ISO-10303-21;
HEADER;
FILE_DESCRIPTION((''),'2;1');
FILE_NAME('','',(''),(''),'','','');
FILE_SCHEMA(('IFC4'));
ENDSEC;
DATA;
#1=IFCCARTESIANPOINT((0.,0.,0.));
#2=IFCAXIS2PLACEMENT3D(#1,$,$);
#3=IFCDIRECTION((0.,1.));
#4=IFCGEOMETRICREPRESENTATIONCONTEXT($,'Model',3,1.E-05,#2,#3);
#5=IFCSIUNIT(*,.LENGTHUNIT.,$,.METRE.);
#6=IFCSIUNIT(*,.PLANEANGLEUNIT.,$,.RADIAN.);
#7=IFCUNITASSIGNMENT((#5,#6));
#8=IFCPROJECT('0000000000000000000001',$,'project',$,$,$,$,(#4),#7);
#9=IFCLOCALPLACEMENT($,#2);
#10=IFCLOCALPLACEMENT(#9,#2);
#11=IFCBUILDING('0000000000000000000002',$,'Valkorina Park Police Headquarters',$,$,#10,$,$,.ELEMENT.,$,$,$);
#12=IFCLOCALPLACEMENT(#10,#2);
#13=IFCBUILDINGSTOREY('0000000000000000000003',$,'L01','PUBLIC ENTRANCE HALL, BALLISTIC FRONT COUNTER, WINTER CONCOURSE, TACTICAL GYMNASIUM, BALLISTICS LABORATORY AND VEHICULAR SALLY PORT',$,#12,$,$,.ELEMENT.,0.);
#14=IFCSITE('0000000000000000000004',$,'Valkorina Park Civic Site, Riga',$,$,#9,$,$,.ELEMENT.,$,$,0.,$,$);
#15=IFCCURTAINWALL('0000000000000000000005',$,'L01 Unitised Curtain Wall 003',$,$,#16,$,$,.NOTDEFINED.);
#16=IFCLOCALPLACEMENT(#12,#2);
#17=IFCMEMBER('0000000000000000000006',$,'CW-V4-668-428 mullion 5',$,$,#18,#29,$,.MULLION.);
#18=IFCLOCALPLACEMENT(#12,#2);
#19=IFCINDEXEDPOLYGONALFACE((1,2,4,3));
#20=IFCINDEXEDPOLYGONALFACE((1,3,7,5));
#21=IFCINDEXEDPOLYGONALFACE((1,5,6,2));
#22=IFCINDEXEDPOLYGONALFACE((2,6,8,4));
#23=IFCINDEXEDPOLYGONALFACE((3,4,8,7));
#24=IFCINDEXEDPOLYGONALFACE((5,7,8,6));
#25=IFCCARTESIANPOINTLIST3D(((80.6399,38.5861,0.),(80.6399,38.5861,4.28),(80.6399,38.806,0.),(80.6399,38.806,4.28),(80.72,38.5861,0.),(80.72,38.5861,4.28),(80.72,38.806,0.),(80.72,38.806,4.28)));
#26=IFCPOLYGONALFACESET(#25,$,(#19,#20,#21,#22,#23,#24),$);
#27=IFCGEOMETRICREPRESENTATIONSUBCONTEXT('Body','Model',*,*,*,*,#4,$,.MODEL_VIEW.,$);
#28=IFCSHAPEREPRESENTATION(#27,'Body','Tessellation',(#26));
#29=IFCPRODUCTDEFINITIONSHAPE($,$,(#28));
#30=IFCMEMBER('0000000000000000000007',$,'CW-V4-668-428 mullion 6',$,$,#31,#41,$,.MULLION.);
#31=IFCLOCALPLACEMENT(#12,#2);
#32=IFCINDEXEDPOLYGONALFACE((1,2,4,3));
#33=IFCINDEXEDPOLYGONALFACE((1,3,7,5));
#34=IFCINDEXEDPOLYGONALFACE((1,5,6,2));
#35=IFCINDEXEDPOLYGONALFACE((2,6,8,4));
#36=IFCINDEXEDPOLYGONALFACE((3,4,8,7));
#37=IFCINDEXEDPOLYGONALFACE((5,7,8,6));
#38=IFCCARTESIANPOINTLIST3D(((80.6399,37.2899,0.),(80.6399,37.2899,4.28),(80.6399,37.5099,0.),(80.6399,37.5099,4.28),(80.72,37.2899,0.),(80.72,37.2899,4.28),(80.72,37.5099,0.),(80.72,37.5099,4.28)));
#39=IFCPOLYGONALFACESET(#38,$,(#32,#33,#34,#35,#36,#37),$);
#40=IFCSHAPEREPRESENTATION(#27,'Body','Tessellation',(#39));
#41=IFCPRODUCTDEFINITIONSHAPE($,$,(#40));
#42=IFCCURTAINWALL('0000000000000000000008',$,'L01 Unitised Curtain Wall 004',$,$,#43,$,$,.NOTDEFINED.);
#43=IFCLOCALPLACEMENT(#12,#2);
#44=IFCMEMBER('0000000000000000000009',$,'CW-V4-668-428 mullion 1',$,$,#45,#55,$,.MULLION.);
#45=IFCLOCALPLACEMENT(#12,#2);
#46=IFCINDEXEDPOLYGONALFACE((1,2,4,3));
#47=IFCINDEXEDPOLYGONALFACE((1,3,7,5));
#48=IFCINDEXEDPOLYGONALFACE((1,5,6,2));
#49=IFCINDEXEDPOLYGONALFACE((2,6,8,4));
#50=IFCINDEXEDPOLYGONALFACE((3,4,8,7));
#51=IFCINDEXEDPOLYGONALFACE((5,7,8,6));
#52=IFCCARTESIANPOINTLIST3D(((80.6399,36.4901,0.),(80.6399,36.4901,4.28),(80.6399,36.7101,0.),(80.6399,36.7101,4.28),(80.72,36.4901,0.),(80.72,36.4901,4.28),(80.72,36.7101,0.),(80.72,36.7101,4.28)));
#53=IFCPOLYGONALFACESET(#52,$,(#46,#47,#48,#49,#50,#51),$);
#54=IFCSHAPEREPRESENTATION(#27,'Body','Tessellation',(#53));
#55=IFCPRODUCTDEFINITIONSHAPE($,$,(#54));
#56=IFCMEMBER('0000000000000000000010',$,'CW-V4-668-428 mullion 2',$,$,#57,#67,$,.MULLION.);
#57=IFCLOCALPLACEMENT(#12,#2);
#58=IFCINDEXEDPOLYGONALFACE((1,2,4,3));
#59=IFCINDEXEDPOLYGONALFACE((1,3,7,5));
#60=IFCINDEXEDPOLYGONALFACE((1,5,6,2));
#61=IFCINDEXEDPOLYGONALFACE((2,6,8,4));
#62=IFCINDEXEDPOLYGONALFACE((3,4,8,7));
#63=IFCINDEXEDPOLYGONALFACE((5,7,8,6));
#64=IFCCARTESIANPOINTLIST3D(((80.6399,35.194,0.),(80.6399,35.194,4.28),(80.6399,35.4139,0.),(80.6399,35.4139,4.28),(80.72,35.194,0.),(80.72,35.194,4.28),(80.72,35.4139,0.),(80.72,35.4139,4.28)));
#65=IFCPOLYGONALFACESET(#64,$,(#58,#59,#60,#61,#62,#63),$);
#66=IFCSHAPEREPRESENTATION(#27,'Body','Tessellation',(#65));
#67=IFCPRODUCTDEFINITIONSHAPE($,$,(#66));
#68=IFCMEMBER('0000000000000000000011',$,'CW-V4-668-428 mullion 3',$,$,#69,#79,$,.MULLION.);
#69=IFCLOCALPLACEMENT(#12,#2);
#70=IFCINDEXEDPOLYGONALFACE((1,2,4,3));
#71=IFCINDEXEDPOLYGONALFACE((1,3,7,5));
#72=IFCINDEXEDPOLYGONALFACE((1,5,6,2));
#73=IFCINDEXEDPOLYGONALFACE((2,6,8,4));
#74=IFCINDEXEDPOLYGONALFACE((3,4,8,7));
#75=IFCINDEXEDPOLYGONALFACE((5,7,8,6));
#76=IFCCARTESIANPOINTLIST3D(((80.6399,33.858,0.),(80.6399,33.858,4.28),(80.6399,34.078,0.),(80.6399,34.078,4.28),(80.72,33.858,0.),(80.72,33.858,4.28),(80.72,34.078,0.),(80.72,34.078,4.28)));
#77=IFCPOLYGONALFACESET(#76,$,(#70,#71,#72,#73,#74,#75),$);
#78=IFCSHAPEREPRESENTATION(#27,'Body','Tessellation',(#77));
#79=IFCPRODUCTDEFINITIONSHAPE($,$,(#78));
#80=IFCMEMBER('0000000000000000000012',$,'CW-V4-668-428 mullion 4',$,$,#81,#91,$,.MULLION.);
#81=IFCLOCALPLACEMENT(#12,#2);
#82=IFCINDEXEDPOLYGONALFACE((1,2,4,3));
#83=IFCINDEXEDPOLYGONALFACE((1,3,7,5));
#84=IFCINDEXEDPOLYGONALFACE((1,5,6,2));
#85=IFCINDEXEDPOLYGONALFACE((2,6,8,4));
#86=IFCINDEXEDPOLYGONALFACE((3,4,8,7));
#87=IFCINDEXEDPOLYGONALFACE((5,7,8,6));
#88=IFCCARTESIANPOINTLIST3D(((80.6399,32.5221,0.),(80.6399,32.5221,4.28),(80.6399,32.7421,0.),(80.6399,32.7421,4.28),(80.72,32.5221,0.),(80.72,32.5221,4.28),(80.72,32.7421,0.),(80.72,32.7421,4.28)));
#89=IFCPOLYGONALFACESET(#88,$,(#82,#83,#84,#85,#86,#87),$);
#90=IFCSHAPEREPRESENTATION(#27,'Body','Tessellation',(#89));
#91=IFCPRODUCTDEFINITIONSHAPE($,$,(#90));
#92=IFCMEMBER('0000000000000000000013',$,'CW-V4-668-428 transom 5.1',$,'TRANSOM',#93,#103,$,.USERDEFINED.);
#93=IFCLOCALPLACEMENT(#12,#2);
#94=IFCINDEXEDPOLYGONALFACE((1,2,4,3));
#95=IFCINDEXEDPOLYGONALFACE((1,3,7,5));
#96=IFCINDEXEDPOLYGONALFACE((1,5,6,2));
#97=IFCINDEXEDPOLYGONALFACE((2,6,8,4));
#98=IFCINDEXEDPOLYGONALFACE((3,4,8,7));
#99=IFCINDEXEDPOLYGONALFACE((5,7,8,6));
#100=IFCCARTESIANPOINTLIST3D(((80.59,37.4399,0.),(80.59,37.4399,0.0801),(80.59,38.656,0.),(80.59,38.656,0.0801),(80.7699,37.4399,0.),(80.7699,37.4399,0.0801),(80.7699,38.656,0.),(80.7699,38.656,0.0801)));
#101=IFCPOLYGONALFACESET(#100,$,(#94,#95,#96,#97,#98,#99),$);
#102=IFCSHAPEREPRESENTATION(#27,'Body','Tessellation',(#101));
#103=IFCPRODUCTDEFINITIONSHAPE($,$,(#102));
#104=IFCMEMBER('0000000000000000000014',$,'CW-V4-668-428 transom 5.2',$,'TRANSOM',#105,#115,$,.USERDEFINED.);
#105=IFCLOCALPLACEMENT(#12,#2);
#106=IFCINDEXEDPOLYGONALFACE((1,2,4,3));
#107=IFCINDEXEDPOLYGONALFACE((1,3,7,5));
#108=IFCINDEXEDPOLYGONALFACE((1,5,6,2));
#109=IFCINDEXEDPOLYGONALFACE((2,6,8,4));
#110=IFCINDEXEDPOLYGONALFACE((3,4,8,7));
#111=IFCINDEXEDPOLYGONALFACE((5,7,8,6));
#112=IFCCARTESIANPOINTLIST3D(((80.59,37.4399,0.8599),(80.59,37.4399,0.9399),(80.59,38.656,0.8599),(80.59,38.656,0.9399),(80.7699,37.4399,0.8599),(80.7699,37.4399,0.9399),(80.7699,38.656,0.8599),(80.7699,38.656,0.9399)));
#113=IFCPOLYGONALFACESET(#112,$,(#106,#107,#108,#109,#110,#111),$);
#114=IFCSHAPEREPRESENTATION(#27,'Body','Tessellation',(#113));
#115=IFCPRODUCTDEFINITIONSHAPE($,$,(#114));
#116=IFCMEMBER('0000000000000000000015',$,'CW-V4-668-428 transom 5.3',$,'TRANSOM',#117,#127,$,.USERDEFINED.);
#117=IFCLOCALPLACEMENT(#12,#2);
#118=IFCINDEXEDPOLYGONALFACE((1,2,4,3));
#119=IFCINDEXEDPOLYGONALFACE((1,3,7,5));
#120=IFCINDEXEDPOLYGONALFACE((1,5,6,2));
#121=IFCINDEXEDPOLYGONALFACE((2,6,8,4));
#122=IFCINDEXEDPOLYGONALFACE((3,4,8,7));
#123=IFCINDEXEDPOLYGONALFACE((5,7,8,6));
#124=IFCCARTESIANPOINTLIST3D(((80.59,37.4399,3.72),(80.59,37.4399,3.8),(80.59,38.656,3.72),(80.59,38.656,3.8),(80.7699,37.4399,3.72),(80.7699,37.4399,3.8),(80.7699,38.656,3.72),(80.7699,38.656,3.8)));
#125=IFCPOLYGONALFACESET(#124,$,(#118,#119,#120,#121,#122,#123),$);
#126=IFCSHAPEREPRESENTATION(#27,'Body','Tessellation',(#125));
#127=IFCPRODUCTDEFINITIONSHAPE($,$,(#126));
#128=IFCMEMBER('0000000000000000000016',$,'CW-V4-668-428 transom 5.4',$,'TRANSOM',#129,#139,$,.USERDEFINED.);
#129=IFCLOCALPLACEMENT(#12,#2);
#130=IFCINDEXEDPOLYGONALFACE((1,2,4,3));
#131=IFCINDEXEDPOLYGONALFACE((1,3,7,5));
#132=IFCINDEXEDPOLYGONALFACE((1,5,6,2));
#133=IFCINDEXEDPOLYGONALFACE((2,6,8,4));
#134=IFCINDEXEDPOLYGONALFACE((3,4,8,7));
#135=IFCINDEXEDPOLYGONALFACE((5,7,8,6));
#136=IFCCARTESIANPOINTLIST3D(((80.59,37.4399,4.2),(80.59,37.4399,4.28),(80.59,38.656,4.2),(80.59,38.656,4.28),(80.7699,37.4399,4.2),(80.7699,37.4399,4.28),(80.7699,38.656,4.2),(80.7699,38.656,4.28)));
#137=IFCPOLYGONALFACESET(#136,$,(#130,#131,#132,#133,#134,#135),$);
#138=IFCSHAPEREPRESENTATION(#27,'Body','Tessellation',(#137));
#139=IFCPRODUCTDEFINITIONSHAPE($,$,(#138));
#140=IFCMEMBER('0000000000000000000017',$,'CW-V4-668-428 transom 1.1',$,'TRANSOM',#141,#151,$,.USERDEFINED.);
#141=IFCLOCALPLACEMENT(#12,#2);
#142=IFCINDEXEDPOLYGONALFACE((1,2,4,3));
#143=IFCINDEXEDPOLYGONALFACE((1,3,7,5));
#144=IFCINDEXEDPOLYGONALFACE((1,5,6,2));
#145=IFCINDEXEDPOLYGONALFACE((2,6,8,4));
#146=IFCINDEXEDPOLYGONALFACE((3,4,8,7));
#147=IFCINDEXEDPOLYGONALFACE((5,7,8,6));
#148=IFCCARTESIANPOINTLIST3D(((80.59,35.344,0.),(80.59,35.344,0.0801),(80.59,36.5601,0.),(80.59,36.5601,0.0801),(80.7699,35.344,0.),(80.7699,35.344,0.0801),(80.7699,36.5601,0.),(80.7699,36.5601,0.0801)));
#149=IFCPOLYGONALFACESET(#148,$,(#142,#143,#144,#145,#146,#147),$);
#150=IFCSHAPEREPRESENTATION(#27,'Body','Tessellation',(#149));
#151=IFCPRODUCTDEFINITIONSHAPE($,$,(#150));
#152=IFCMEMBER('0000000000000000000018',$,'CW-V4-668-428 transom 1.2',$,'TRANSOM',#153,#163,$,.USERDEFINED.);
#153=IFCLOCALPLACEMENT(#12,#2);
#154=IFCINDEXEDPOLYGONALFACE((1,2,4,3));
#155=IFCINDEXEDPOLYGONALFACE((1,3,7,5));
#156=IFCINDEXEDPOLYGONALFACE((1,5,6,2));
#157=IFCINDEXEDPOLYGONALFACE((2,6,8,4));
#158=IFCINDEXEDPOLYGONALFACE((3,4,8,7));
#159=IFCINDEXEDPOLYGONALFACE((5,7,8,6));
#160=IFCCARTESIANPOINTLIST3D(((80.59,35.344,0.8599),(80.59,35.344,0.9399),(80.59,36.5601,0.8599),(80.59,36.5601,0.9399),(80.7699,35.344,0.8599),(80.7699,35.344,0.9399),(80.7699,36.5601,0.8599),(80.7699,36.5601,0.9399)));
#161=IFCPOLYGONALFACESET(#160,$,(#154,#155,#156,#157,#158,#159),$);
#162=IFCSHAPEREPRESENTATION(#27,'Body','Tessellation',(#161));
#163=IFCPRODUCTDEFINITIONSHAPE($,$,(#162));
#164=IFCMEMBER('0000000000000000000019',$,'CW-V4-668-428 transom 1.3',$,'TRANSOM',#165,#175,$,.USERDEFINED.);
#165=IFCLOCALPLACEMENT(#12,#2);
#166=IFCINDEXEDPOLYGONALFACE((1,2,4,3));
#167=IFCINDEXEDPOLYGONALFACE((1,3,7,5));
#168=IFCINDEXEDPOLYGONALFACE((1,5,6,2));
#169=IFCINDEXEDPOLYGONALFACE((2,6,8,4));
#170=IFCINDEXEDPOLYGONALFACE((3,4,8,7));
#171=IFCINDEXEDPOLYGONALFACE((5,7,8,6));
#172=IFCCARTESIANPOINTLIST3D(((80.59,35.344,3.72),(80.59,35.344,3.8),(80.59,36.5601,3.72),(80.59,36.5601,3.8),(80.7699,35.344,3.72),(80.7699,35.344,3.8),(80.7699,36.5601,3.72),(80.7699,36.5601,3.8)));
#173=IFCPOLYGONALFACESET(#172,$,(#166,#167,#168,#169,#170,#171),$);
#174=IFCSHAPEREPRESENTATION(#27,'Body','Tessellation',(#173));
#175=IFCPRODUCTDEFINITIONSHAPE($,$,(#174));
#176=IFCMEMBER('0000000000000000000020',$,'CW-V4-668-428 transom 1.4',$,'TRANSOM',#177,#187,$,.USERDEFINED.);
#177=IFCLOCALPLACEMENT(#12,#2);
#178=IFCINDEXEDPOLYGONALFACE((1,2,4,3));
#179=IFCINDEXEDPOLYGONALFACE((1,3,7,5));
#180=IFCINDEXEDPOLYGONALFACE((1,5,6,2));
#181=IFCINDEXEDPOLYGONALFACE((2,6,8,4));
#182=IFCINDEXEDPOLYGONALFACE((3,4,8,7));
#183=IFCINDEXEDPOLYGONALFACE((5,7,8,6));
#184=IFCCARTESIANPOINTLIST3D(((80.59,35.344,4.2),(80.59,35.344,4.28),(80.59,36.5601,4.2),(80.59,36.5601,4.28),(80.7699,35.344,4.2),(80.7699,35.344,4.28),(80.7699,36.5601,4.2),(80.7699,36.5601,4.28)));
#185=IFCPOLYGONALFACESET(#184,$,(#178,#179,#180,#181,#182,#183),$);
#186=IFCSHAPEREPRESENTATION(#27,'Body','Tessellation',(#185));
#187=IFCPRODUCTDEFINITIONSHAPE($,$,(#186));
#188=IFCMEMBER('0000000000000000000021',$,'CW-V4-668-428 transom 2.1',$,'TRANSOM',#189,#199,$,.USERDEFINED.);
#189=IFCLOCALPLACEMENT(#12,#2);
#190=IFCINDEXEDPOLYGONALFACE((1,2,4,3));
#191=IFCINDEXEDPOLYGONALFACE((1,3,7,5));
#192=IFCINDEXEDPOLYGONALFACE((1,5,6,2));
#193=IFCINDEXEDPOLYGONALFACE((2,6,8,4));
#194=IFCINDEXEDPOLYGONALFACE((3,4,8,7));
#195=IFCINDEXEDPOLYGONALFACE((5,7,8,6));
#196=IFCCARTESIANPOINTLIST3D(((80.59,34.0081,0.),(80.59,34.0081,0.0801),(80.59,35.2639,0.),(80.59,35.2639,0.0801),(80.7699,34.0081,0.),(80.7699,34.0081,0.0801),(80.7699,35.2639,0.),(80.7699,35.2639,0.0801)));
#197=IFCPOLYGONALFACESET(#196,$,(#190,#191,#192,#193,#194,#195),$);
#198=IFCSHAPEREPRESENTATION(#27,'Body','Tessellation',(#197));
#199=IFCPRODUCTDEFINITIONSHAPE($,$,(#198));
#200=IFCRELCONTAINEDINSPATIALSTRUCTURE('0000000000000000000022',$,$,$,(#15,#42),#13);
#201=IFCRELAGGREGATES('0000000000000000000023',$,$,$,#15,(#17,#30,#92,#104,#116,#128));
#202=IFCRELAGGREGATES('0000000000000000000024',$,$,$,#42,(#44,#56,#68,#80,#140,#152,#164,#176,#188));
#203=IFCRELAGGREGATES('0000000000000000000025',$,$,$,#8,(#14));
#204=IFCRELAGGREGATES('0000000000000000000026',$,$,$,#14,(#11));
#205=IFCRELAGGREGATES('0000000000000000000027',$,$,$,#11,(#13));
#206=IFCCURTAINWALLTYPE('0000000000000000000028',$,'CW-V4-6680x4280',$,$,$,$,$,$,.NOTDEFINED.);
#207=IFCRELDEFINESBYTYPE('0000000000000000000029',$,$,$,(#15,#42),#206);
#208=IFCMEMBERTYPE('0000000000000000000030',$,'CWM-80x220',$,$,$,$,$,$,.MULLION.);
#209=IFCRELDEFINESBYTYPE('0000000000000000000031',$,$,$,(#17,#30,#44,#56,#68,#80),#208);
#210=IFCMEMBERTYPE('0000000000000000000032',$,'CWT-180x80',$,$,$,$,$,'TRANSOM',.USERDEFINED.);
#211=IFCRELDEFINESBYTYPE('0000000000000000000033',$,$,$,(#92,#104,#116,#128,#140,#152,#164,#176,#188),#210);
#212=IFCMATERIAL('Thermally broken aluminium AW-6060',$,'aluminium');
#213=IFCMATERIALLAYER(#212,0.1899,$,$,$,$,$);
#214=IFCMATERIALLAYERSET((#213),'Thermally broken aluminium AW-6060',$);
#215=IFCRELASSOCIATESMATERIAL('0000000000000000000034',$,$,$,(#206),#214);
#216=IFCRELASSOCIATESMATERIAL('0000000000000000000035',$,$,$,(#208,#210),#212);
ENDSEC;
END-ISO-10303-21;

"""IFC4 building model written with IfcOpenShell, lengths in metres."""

from ifc_helpers import new_model, si_unit, direction, frame, origin, origin_2d, place, context, subcontext, project, spatial, rectangle, extrude, material, layer, layer_set, material_profile, profile_set, type_object, element, aggregate, save


model = new_model("IFC4")

# Units and contexts
model_context = context("Model", 3, precision=1e-05, world=origin(), true_north=direction((0.0, 1.0)))
body_context = subcontext(model_context, "Body", "Model", "MODEL_VIEW")
ifc_project = project(units=[si_unit("LENGTHUNIT", "METRE"), si_unit("PLANEANGLEUNIT", "RADIAN")], contexts=[model_context])

# Site, building, storey
site_placement = place(None, origin())
site = spatial("IfcSite", under=ifc_project, at=site_placement, Name="Valkorina Park Civic Site, Riga", CompositionType="ELEMENT", RefElevation=0.0)
building_placement = place(site_placement, origin())
building = spatial("IfcBuilding", under=site, at=building_placement, Name="Valkorina Park Police Headquarters", CompositionType="ELEMENT")
storey_placement = place(building_placement, origin())
storey = spatial("IfcBuildingStorey", under=building, at=storey_placement, Name="L01", Description="PUBLIC ENTRANCE HALL, BALLISTIC FRONT COUNTER, WINTER CONCOURSE, TACTICAL GYMNASIUM, BALLISTICS LABORATORY AND VEHICULAR SALLY PORT", CompositionType="ELEMENT", Elevation=0.0)

# Curtain walls, members
ifc_material_1 = material(Name="Thermally broken aluminium AW-6060", Category="aluminium")
ifc_layer_1 = layer(ifc_material_1, 0.1899)
ifc_layer_set_1 = layer_set([ifc_layer_1], Name="Thermally broken aluminium AW-6060")
curtain_wall_type = type_object("IfcCurtainWallType", Name="CW-V4-6680x4280", PredefinedType="NOTDEFINED", material=ifc_layer_set_1)
curtain_wall_1_placement = place(storey_placement, origin())
curtain_wall_1 = element("IfcCurtainWall", 1, at=curtain_wall_1_placement, inside=storey, type_object=curtain_wall_type, Name="L01 Unitised Curtain Wall 003", PredefinedType="NOTDEFINED")
ifc_material_profile_1 = material_profile(ifc_material_1, rectangle(XDim=0.0801, YDim=0.22, at=origin_2d()), Name="CWM-03 80x220")
ifc_profile_set_1 = profile_set([ifc_material_profile_1], Name="Thermally broken aluminium AW-6060")
member_type_1 = type_object("IfcMemberType", Name="CWM-80x220", PredefinedType="MULLION", material=ifc_profile_set_1)
member_1_placement = place(storey_placement, frame((80.6799, 38.696, 0.0), z_axis=(0.0, 0.0, 1.0), x_axis=(1.0, 0.0, 0.0)))
member_1 = element("IfcMember", 2, at=member_1_placement, type_object=member_type_1, Name="CW-V4-668-428 mullion 5", PredefinedType="MULLION", context=body_context, shape_type="SweptSolid", body=[
    extrude(rectangle(XDim=0.0801, YDim=0.22, at=origin_2d()), origin(), (0.0, 0.0, 1.0), 4.28),
])
member_2_placement = place(storey_placement, frame((80.6799, 37.3999, 0.0), z_axis=(0.0, 0.0, 1.0), x_axis=(1.0, 0.0, 0.0)))
member_2 = element("IfcMember", 3, at=member_2_placement, type_object=member_type_1, Name="CW-V4-668-428 mullion 6", PredefinedType="MULLION", context=body_context, shape_type="SweptSolid", body=[
    extrude(rectangle(XDim=0.0801, YDim=0.22, at=origin_2d()), origin(), (0.0, 0.0, 1.0), 4.28),
])
curtain_wall_2_placement = place(storey_placement, origin())
curtain_wall_2 = element("IfcCurtainWall", 4, at=curtain_wall_2_placement, inside=storey, type_object=curtain_wall_type, Name="L01 Unitised Curtain Wall 004", PredefinedType="NOTDEFINED")
member_3_placement = place(storey_placement, frame((80.6799, 36.6001, 0.0), z_axis=(0.0, 0.0, 1.0), x_axis=(1.0, 0.0, 0.0)))
member_3 = element("IfcMember", 5, at=member_3_placement, type_object=member_type_1, Name="CW-V4-668-428 mullion 1", PredefinedType="MULLION", context=body_context, shape_type="SweptSolid", body=[
    extrude(rectangle(XDim=0.0801, YDim=0.22, at=origin_2d()), origin(), (0.0, 0.0, 1.0), 4.28),
])
member_4_placement = place(storey_placement, frame((80.6799, 35.304, 0.0), z_axis=(0.0, 0.0, 1.0), x_axis=(1.0, 0.0, 0.0)))
member_4 = element("IfcMember", 6, at=member_4_placement, type_object=member_type_1, Name="CW-V4-668-428 mullion 2", PredefinedType="MULLION", context=body_context, shape_type="SweptSolid", body=[
    extrude(rectangle(XDim=0.0801, YDim=0.22, at=origin_2d()), origin(), (0.0, 0.0, 1.0), 4.28),
])
member_5_placement = place(storey_placement, frame((80.6799, 33.968, 0.0), z_axis=(0.0, 0.0, 1.0), x_axis=(1.0, 0.0, 0.0)))
member_5 = element("IfcMember", 7, at=member_5_placement, type_object=member_type_1, Name="CW-V4-668-428 mullion 3", PredefinedType="MULLION", context=body_context, shape_type="SweptSolid", body=[
    extrude(rectangle(XDim=0.0801, YDim=0.22, at=origin_2d()), origin(), (0.0, 0.0, 1.0), 4.28),
])
member_6_placement = place(storey_placement, frame((80.6799, 32.6321, 0.0), z_axis=(0.0, 0.0, 1.0), x_axis=(1.0, 0.0, 0.0)))
member_6 = element("IfcMember", 8, at=member_6_placement, type_object=member_type_1, Name="CW-V4-668-428 mullion 4", PredefinedType="MULLION", context=body_context, shape_type="SweptSolid", body=[
    extrude(rectangle(XDim=0.0801, YDim=0.22, at=origin_2d()), origin(), (0.0, 0.0, 1.0), 4.28),
])

# Members
ifc_material_profile_2 = material_profile(ifc_material_1, rectangle(XDim=0.1799, YDim=0.0801, at=origin_2d()), Name="CWT-03 180x80")
ifc_profile_set_2 = profile_set([ifc_material_profile_2], Name="Thermally broken aluminium AW-6060")
member_type_2 = type_object("IfcMemberType", Name="CWT-180x80", ElementType="TRANSOM", PredefinedType="USERDEFINED", material=ifc_profile_set_2)
member_7_placement = place(storey_placement, frame((80.6799, 38.656, 0.04), z_axis=(0.0, -1.0, 0.0), x_axis=(1.0, 0.0, 0.0)))
member_7 = element("IfcMember", 9, at=member_7_placement, type_object=member_type_2, Name="CW-V4-668-428 transom 5.1", ObjectType="TRANSOM", PredefinedType="USERDEFINED", context=body_context, shape_type="SweptSolid", body=[
    extrude(rectangle(XDim=0.1799, YDim=0.0801, at=origin_2d()), origin(), (0.0, 0.0, 1.0), 1.2161),
])
member_8_placement = place(storey_placement, frame((80.6799, 38.656, 0.8999), z_axis=(0.0, -1.0, 0.0), x_axis=(1.0, 0.0, 0.0)))
member_8 = element("IfcMember", 10, at=member_8_placement, type_object=member_type_2, Name="CW-V4-668-428 transom 5.2", ObjectType="TRANSOM", PredefinedType="USERDEFINED", context=body_context, shape_type="SweptSolid", body=[
    extrude(rectangle(XDim=0.1799, YDim=0.0801, at=origin_2d()), origin(), (0.0, 0.0, 1.0), 1.2161),
])
member_9_placement = place(storey_placement, frame((80.6799, 38.656, 3.76), z_axis=(0.0, -1.0, 0.0), x_axis=(1.0, 0.0, 0.0)))
member_9 = element("IfcMember", 11, at=member_9_placement, type_object=member_type_2, Name="CW-V4-668-428 transom 5.3", ObjectType="TRANSOM", PredefinedType="USERDEFINED", context=body_context, shape_type="SweptSolid", body=[
    extrude(rectangle(XDim=0.1799, YDim=0.0801, at=origin_2d()), origin(), (0.0, 0.0, 1.0), 1.2161),
])
member_10_placement = place(storey_placement, frame((80.6799, 38.656, 4.24), z_axis=(0.0, -1.0, 0.0), x_axis=(1.0, 0.0, 0.0)))
member_10 = element("IfcMember", 12, at=member_10_placement, type_object=member_type_2, Name="CW-V4-668-428 transom 5.4", ObjectType="TRANSOM", PredefinedType="USERDEFINED", context=body_context, shape_type="SweptSolid", body=[
    extrude(rectangle(XDim=0.1799, YDim=0.0801, at=origin_2d()), origin(), (0.0, 0.0, 1.0), 1.2161),
])
member_11_placement = place(storey_placement, frame((80.6799, 36.5601, 0.04), z_axis=(0.0, -1.0, 0.0), x_axis=(1.0, 0.0, 0.0)))
member_11 = element("IfcMember", 13, at=member_11_placement, type_object=member_type_2, Name="CW-V4-668-428 transom 1.1", ObjectType="TRANSOM", PredefinedType="USERDEFINED", context=body_context, shape_type="SweptSolid", body=[
    extrude(rectangle(XDim=0.1799, YDim=0.0801, at=origin_2d()), origin(), (0.0, 0.0, 1.0), 1.2161),
])
member_12_placement = place(storey_placement, frame((80.6799, 36.5601, 0.8999), z_axis=(0.0, -1.0, 0.0), x_axis=(1.0, 0.0, 0.0)))
member_12 = element("IfcMember", 14, at=member_12_placement, type_object=member_type_2, Name="CW-V4-668-428 transom 1.2", ObjectType="TRANSOM", PredefinedType="USERDEFINED", context=body_context, shape_type="SweptSolid", body=[
    extrude(rectangle(XDim=0.1799, YDim=0.0801, at=origin_2d()), origin(), (0.0, 0.0, 1.0), 1.2161),
])
member_13_placement = place(storey_placement, frame((80.6799, 36.5601, 3.76), z_axis=(0.0, -1.0, 0.0), x_axis=(1.0, 0.0, 0.0)))
member_13 = element("IfcMember", 15, at=member_13_placement, type_object=member_type_2, Name="CW-V4-668-428 transom 1.3", ObjectType="TRANSOM", PredefinedType="USERDEFINED", context=body_context, shape_type="SweptSolid", body=[
    extrude(rectangle(XDim=0.1799, YDim=0.0801, at=origin_2d()), origin(), (0.0, 0.0, 1.0), 1.2161),
])
member_14_placement = place(storey_placement, frame((80.6799, 36.5601, 4.24), z_axis=(0.0, -1.0, 0.0), x_axis=(1.0, 0.0, 0.0)))
member_14 = element("IfcMember", 16, at=member_14_placement, type_object=member_type_2, Name="CW-V4-668-428 transom 1.4", ObjectType="TRANSOM", PredefinedType="USERDEFINED", context=body_context, shape_type="SweptSolid", body=[
    extrude(rectangle(XDim=0.1799, YDim=0.0801, at=origin_2d()), origin(), (0.0, 0.0, 1.0), 1.2161),
])
member_15_placement = place(storey_placement, frame((80.6799, 35.2639, 0.04), z_axis=(0.0, -1.0, 0.0), x_axis=(1.0, 0.0, 0.0)))
member_15 = element("IfcMember", 17, at=member_15_placement, type_object=member_type_2, Name="CW-V4-668-428 transom 2.1", ObjectType="TRANSOM", PredefinedType="USERDEFINED", context=body_context, shape_type="SweptSolid", body=[
    extrude(rectangle(XDim=0.1799, YDim=0.0801, at=origin_2d()), origin(), (0.0, 0.0, 1.0), 1.2559),
])

aggregate(curtain_wall_1, [member_1, member_2, member_7, member_8, member_9, member_10])
aggregate(curtain_wall_2, [member_3, member_4, member_5, member_6, member_11, member_12, member_13, member_14, member_15])

save(model, "model.ifc")
